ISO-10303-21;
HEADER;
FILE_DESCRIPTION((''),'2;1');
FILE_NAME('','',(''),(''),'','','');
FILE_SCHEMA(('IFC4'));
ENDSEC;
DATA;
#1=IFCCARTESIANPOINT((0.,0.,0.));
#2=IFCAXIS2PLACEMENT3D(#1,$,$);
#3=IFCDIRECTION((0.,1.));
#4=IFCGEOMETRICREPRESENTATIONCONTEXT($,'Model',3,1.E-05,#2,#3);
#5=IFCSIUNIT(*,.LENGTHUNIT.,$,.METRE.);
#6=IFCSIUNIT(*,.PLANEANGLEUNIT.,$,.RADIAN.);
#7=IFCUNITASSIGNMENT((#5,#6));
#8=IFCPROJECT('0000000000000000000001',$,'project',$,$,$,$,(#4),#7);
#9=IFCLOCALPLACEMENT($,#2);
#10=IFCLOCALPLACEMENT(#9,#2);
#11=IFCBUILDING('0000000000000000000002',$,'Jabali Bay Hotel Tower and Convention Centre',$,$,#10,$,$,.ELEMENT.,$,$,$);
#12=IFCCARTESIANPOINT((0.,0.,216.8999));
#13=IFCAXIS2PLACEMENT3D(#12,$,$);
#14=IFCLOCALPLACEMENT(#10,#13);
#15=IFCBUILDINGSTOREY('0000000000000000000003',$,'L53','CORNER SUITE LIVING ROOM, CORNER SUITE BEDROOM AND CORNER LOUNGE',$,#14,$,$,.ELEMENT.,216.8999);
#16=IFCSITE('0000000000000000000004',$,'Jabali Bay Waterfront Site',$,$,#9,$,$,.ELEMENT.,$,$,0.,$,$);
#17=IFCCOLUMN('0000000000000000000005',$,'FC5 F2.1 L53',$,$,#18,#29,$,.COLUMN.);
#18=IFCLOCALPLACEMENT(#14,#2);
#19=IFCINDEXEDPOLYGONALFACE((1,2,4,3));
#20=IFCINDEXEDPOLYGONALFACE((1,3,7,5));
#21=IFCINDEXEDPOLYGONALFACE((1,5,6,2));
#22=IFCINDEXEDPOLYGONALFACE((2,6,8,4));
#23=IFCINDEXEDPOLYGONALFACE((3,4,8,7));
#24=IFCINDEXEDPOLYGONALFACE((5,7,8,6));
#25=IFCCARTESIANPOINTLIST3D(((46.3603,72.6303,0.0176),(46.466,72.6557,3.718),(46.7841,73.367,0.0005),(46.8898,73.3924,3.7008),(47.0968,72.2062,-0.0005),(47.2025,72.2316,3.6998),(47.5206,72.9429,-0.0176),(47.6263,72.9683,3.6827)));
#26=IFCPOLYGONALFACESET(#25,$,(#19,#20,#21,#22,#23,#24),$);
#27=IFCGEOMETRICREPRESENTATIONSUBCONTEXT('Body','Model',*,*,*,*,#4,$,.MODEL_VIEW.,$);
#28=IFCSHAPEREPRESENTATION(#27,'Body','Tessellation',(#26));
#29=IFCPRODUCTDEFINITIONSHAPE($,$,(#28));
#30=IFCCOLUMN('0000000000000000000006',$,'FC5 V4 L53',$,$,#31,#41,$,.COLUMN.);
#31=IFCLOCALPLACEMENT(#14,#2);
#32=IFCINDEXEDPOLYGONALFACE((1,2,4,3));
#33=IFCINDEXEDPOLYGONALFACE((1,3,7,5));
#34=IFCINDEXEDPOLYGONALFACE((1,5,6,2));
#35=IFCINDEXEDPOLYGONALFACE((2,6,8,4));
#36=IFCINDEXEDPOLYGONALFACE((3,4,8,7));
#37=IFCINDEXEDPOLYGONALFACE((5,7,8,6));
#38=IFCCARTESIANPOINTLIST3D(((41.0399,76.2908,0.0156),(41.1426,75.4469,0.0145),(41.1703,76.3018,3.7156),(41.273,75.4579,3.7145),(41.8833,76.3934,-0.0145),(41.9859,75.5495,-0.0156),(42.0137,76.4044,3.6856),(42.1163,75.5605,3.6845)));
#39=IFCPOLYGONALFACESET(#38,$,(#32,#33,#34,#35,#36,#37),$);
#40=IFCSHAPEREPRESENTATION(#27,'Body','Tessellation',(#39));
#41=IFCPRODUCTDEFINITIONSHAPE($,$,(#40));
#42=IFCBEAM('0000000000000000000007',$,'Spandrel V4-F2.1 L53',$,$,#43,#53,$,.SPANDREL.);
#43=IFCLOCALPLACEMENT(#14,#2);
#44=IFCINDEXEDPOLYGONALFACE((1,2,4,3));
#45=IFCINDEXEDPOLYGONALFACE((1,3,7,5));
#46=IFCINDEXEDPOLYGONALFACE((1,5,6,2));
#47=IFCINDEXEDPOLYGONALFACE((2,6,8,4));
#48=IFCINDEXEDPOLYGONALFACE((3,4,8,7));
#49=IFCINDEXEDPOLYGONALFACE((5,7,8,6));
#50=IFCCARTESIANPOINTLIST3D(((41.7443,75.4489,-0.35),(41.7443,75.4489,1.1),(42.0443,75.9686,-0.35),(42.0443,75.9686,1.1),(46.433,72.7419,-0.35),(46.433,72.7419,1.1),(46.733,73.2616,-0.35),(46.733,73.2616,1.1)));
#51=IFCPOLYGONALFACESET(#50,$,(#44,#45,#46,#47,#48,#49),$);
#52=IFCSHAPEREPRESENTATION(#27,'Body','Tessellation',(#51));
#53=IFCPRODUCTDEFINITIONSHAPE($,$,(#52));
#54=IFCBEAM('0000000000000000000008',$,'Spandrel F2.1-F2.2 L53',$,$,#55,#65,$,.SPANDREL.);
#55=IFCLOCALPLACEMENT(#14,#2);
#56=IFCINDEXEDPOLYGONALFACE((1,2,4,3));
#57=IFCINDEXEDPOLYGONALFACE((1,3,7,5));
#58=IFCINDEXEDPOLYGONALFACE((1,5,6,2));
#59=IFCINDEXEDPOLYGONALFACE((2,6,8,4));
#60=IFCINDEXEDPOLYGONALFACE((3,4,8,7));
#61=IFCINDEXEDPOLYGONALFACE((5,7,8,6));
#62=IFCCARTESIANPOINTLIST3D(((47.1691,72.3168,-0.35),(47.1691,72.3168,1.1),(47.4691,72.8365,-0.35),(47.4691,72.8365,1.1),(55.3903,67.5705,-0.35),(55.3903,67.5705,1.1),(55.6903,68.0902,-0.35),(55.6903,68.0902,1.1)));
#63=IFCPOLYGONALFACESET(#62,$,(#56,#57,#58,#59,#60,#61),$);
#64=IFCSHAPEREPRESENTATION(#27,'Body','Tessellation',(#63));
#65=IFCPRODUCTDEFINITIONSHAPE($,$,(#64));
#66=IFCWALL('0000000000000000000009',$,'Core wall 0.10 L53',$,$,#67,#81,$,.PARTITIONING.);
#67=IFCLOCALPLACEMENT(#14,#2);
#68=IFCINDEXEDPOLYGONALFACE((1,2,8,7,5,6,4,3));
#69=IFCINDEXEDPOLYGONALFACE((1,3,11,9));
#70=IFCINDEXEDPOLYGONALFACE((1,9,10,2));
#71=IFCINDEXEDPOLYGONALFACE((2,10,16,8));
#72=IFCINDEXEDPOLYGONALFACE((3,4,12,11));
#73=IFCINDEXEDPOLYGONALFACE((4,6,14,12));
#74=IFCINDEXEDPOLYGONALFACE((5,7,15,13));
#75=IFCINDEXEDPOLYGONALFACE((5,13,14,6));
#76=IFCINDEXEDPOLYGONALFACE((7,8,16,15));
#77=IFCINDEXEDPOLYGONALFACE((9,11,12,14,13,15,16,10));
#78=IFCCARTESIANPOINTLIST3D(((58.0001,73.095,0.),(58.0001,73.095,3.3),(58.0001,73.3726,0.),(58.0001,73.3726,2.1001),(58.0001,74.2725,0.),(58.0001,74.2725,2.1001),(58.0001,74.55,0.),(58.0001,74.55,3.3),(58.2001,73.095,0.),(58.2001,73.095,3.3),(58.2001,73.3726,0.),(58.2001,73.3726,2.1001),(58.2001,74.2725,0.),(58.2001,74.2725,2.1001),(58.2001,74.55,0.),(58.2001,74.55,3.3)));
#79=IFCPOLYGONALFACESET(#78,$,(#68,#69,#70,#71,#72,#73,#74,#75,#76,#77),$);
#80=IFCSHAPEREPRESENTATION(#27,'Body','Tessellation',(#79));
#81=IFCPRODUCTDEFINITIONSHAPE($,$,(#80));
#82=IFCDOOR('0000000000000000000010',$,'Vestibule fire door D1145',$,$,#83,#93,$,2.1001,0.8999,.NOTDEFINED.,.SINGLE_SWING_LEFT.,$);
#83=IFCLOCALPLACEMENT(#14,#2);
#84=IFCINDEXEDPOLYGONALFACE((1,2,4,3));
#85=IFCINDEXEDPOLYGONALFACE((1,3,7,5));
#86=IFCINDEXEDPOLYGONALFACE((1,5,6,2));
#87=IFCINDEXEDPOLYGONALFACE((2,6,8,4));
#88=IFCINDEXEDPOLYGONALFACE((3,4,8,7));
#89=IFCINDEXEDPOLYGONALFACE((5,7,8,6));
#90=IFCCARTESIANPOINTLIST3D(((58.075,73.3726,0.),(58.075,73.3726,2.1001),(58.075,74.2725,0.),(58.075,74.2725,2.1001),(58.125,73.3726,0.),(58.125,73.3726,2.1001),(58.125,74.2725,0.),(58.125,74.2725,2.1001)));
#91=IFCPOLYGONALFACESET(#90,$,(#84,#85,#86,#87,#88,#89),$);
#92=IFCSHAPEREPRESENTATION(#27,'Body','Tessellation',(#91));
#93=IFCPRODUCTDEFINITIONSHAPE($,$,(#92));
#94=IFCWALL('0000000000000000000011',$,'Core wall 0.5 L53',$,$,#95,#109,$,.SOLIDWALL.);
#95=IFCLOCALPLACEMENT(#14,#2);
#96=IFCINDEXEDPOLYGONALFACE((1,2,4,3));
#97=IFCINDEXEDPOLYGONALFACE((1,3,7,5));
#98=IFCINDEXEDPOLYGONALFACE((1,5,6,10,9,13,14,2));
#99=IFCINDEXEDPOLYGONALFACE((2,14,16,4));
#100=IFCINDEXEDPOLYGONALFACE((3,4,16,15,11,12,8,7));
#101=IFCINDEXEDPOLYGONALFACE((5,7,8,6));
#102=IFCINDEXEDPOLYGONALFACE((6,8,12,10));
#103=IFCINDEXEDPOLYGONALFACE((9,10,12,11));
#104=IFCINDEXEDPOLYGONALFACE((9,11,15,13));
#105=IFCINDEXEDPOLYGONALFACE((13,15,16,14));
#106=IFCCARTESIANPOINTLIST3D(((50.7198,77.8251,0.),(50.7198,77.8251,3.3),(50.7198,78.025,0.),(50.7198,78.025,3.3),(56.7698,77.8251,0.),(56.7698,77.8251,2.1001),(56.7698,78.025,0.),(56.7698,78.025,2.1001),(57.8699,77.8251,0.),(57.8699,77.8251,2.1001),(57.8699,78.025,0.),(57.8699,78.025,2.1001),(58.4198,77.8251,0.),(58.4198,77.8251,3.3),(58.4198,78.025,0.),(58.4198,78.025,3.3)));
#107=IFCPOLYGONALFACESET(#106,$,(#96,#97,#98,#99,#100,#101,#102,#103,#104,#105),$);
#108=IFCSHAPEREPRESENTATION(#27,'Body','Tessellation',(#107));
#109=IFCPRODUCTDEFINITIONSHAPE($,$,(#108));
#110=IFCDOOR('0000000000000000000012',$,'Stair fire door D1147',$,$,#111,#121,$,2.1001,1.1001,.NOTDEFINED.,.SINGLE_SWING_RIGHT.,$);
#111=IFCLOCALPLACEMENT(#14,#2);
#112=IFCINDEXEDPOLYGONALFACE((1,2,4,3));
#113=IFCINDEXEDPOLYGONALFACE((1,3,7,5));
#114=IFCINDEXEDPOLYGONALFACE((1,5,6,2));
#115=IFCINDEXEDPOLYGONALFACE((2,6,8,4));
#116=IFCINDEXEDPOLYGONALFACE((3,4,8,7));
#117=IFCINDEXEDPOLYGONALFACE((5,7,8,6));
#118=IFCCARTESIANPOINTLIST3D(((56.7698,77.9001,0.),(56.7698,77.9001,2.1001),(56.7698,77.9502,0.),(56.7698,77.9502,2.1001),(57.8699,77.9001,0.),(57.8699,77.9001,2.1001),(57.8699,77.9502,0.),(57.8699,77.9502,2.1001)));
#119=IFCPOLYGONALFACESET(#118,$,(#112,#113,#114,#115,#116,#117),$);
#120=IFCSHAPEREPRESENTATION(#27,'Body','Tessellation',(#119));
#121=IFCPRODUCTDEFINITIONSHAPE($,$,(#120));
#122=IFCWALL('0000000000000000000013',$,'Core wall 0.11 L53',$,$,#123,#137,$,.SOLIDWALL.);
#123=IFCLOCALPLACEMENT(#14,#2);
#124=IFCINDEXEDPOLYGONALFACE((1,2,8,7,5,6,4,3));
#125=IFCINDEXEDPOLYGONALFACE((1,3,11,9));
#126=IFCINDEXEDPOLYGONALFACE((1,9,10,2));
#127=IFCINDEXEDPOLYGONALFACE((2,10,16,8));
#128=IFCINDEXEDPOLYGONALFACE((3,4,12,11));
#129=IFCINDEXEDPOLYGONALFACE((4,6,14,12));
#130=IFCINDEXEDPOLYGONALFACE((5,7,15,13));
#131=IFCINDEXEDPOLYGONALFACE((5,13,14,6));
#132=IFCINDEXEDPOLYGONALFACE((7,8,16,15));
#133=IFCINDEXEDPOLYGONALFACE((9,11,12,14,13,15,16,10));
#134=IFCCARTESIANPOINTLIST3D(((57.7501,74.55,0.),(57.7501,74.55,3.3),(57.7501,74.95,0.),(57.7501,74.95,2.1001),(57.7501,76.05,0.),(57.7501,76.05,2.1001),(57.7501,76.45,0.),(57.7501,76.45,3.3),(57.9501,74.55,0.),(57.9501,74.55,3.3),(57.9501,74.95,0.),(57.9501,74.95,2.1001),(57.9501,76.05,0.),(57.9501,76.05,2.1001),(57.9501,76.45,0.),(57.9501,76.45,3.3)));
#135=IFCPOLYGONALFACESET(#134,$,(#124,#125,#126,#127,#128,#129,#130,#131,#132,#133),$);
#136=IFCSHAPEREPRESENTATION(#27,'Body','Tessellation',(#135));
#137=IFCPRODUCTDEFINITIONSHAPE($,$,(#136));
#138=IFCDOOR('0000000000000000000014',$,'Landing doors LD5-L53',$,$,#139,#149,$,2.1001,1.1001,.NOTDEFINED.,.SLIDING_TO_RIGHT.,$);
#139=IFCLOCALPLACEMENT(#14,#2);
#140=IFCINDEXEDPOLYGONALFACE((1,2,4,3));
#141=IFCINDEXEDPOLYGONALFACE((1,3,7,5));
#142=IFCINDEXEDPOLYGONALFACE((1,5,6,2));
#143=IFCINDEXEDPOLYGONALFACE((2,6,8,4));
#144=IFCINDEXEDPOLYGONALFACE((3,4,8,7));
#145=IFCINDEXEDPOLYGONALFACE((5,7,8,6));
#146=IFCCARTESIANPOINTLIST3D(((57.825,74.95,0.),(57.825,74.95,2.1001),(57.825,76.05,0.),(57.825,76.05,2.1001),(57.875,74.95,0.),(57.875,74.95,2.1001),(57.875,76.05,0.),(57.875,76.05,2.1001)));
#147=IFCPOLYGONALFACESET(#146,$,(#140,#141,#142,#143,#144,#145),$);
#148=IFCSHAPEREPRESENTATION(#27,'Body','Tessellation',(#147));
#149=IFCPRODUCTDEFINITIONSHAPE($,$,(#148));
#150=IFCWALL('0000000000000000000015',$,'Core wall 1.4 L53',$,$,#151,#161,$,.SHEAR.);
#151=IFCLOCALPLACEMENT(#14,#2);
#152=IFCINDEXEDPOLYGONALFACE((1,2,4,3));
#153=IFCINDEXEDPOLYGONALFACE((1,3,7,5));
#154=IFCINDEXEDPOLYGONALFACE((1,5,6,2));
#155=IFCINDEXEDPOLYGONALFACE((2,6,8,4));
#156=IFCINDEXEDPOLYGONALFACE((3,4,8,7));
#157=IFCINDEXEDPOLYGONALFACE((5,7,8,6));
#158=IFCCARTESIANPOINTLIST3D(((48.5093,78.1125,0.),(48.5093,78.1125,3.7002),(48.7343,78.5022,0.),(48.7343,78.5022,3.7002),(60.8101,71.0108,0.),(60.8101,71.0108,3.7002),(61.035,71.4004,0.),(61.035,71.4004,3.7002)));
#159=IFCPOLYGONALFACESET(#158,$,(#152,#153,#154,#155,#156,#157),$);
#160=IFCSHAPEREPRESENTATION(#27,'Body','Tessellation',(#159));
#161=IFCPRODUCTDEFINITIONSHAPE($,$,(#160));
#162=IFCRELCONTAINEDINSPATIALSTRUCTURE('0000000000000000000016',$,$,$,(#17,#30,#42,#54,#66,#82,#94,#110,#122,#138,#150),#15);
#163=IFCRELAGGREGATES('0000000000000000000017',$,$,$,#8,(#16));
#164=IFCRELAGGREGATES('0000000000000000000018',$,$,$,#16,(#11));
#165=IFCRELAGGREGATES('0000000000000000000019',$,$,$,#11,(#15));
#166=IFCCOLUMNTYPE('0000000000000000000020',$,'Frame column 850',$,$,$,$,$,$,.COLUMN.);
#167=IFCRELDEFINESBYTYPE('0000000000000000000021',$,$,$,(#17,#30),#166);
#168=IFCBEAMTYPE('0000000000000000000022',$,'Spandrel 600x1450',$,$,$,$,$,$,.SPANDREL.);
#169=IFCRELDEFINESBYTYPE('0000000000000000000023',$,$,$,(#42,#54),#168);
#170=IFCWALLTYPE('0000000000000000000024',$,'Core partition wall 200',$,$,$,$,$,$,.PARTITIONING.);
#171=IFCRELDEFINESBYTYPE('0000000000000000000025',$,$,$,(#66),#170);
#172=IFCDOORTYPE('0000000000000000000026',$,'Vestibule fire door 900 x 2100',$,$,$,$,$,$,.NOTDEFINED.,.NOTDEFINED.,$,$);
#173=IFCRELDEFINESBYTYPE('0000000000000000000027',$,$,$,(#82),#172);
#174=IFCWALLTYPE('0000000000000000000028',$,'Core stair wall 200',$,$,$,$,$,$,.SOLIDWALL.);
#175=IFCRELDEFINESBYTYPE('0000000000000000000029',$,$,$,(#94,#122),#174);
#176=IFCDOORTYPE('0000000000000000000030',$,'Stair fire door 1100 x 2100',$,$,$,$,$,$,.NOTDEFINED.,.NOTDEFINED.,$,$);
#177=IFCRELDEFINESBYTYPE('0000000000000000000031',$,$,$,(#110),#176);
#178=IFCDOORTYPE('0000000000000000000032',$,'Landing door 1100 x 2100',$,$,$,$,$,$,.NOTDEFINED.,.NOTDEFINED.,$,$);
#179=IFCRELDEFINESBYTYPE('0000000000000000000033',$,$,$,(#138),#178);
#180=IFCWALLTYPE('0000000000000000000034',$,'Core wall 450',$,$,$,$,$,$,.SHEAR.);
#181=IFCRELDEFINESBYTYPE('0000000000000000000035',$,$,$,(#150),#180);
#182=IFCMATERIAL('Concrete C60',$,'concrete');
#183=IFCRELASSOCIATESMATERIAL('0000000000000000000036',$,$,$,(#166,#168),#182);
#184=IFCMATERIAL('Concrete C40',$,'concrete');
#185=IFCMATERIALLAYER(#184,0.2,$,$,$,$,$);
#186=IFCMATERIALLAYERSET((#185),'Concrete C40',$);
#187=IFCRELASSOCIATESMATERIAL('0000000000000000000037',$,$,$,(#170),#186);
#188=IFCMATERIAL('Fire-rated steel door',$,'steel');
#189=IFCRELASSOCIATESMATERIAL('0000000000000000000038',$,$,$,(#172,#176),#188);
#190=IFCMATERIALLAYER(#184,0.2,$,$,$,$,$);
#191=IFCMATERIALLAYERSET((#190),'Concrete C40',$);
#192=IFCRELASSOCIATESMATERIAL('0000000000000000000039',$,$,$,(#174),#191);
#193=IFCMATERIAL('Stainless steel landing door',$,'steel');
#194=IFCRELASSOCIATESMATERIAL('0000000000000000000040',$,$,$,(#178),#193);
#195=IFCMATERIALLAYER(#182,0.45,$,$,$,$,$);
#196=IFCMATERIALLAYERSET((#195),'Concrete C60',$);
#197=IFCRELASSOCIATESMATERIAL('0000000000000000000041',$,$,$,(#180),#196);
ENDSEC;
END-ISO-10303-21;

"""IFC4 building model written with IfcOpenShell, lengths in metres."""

from ifc_helpers import new_model, si_unit, direction, frame, frame_2d, origin, origin_2d, place, context, subcontext, project, spatial, rectangle, extrude, material, layer, layer_set, material_profile, profile_set, type_object, element, fill, save


model = new_model("IFC4")

# Units and contexts
model_context = context("Model", 3, precision=1e-05, world=origin(), true_north=direction((0.0, 1.0)))
body_context = subcontext(model_context, "Body", "Model", "MODEL_VIEW")
ifc_project = project(units=[si_unit("LENGTHUNIT", "METRE"), si_unit("PLANEANGLEUNIT", "RADIAN")], contexts=[model_context])

# Site, building, storey
site_placement = place(None, origin())
site = spatial("IfcSite", under=ifc_project, at=site_placement, Name="Jabali Bay Waterfront Site", CompositionType="ELEMENT", RefElevation=0.0)
building_placement = place(site_placement, origin())
building = spatial("IfcBuilding", under=site, at=building_placement, Name="Jabali Bay Hotel Tower and Convention Centre", CompositionType="ELEMENT")
storey_placement = place(building_placement, frame((0.0, 0.0, 216.8999)))
storey = spatial("IfcBuildingStorey", under=building, at=storey_placement, Name="L53", Description="CORNER SUITE LIVING ROOM, CORNER SUITE BEDROOM AND CORNER LOUNGE", CompositionType="ELEMENT", Elevation=216.8999)

# Columns
ifc_material_1 = material(Name="Concrete C60", Category="concrete")
ifc_material_profile_1 = material_profile(ifc_material_1, rectangle(XDim=0.8501, YDim=0.8501, at=origin_2d()), Name="Frame column 850")
ifc_profile_set_1 = profile_set([ifc_material_profile_1], Name="Concrete C60")
column_type = type_object("IfcColumnType", Name="Frame column 850", PredefinedType="COLUMN", material=ifc_profile_set_1)
column_1_placement = place(storey_placement, frame((46.9404, 72.7866, 0.0), z_axis=(0.028557, 0.006859, 0.999569), x_axis=(-0.86641, 0.498877, 0.02133)))
element("IfcColumn", 1, at=column_1_placement, inside=storey, type_object=column_type, Name="FC5 F2.1 L53", PredefinedType="COLUMN", context=body_context, shape_type="SweptSolid", body=[
    extrude(rectangle(XDim=0.8501, YDim=0.8501, at=origin_2d()), origin(), (0.0, 0.0, 1.0), 3.7019),
])
column_2_placement = place(storey_placement, frame((41.5129, 75.9202, 0.0), z_axis=(0.035212, 0.002967, 0.999375), x_axis=(-0.12076, 0.992681, 0.001307)))
element("IfcColumn", 2, at=column_2_placement, inside=storey, type_object=column_type, Name="FC5 V4 L53", PredefinedType="COLUMN", context=body_context, shape_type="SweptSolid", body=[
    extrude(rectangle(XDim=0.8501, YDim=0.8501, at=origin_2d()), origin(), (0.0, 0.0, 1.0), 3.7024),
])

# Beams
ifc_material_profile_2 = material_profile(ifc_material_1, rectangle(XDim=0.6001, YDim=1.45, at=origin_2d()), Name="Spandrel 600x1450")
ifc_profile_set_2 = profile_set([ifc_material_profile_2], Name="Concrete C60")
beam_type = type_object("IfcBeamType", Name="Spandrel 600x1450", PredefinedType="SPANDREL", material=ifc_profile_set_2)
beam_1_placement = place(storey_placement, frame((41.8943, 75.7087, 0.375), z_axis=(0.866026, -0.5, 0.0), x_axis=(0.5, 0.866026, 0.0)))
element("IfcBeam", 3, at=beam_1_placement, inside=storey, type_object=beam_type, Name="Spandrel V4-F2.1 L53", PredefinedType="SPANDREL", context=body_context, shape_type="SweptSolid", body=[
    extrude(rectangle(XDim=0.6001, YDim=1.45, at=origin_2d()), origin(), (0.0, 0.0, 1.0), 5.4141),
])
beam_2_placement = place(storey_placement, frame((47.3191, 72.5767, 0.375), z_axis=(0.866033, -0.499987, 0.0), x_axis=(0.499987, 0.866033, 0.0)))
element("IfcBeam", 4, at=beam_2_placement, inside=storey, type_object=beam_type, Name="Spandrel F2.1-F2.2 L53", PredefinedType="SPANDREL", context=body_context, shape_type="SweptSolid", body=[
    extrude(rectangle(XDim=0.6001, YDim=1.45, at=origin_2d()), origin(), (0.0, 0.0, 1.0), 9.4929),
])

# Walls, openings, doors
ifc_material_2 = material(Name="Concrete C40", Category="concrete")
ifc_layer_1 = layer(ifc_material_2, 0.2)
ifc_layer_set_1 = layer_set([ifc_layer_1], Name="Concrete C40")
wall_type_1 = type_object("IfcWallType", Name="Core partition wall 200", PredefinedType="PARTITIONING", material=ifc_layer_set_1)
wall_1_placement = place(storey_placement, frame((58.1001, 74.55, 0.0), z_axis=(0.0, 0.0, 1.0), x_axis=(0.0, -1.0, 0.0)))
wall_1 = element("IfcWall", 5, at=wall_1_placement, inside=storey, type_object=wall_type_1, Name="Core wall 0.10 L53", PredefinedType="PARTITIONING", context=body_context, shape_type="SweptSolid", body=[
    extrude(rectangle(XDim=1.4551, YDim=0.2, at=frame_2d((0.7275, 0.0))), origin(), (0.0, 0.0, 1.0), 3.3),
])
opening_1_placement = place(wall_1_placement, frame((0.2776, 0.0, 0.0)))
opening_1 = element("IfcOpeningElement", 6, at=opening_1_placement, cuts=wall_1, PredefinedType="OPENING", context=body_context, shape_type="SweptSolid", body=[
    extrude(rectangle(XDim=0.8999, YDim=2.1001, at=frame_2d((0.45, 1.05))), frame((0.0, 0.1104, 0.0), z_axis=(0.0, -1.0, 0.0), x_axis=(1.0, 0.0, 0.0)), (0.0, 0.0, 1.0), 0.2209),
])
ifc_material_3 = material(Name="Fire-rated steel door", Category="steel")
door_type_1 = type_object("IfcDoorType", Name="Vestibule fire door 900 x 2100", OperationType="NOTDEFINED", PredefinedType="NOTDEFINED", material=ifc_material_3)
door_1_placement = place(opening_1_placement, origin())
door_1 = element("IfcDoor", 7, at=door_1_placement, inside=storey, type_object=door_type_1, Name="Vestibule fire door D1145", OperationType="SINGLE_SWING_LEFT", OverallHeight=2.1001, OverallWidth=0.8999, PredefinedType="NOTDEFINED", context=body_context, shape_type="SweptSolid", body=[
    extrude(rectangle(XDim=0.8999, YDim=2.1001, at=frame_2d((0.45, 1.05))), frame((0.0, 0.0249, 0.0), z_axis=(0.0, -1.0, 0.0), x_axis=(1.0, 0.0, 0.0)), (0.0, 0.0, 1.0), 0.05),
])
fill(opening_1, door_1)
ifc_layer_2 = layer(ifc_material_2, 0.2)
ifc_layer_set_2 = layer_set([ifc_layer_2], Name="Concrete C40")
wall_type_2 = type_object("IfcWallType", Name="Core stair wall 200", PredefinedType="SOLIDWALL", material=ifc_layer_set_2)
wall_2_placement = place(storey_placement, frame((58.4199, 77.925, 0.0), z_axis=(0.0, 0.0, 1.0), x_axis=(-1.0, 0.0, 0.0)))
wall_2 = element("IfcWall", 8, at=wall_2_placement, inside=storey, type_object=wall_type_2, Name="Core wall 0.5 L53", PredefinedType="SOLIDWALL", context=body_context, shape_type="SweptSolid", body=[
    extrude(rectangle(XDim=7.7, YDim=0.2, at=frame_2d((3.8501, 0.0))), origin(), (0.0, 0.0, 1.0), 3.3),
])
opening_2_placement = place(wall_2_placement, frame((0.55, 0.0, 0.0)))
opening_2 = element("IfcOpeningElement", 9, at=opening_2_placement, cuts=wall_2, PredefinedType="OPENING", context=body_context, shape_type="SweptSolid", body=[
    extrude(rectangle(XDim=1.1001, YDim=2.1001, at=frame_2d((0.55, 1.05))), frame((0.0, 0.1104, 0.0), z_axis=(0.0, -1.0, 0.0), x_axis=(1.0, 0.0, 0.0)), (0.0, 0.0, 1.0), 0.2209),
])
door_type_2 = type_object("IfcDoorType", Name="Stair fire door 1100 x 2100", OperationType="NOTDEFINED", PredefinedType="NOTDEFINED", material=ifc_material_3)
door_2_placement = place(opening_2_placement, origin())
door_2 = element("IfcDoor", 10, at=door_2_placement, inside=storey, type_object=door_type_2, Name="Stair fire door D1147", OperationType="SINGLE_SWING_RIGHT", OverallHeight=2.1001, OverallWidth=1.1001, PredefinedType="NOTDEFINED", context=body_context, shape_type="SweptSolid", body=[
    extrude(rectangle(XDim=1.1001, YDim=2.1001, at=frame_2d((0.55, 1.05))), frame((0.0, 0.0249, 0.0), z_axis=(0.0, -1.0, 0.0), x_axis=(1.0, 0.0, 0.0)), (0.0, 0.0, 1.0), 0.05),
])
fill(opening_2, door_2)
wall_3_placement = place(storey_placement, frame((57.8501, 76.45, 0.0), z_axis=(0.0, 0.0, 1.0), x_axis=(0.0, -1.0, 0.0)))
wall_3 = element("IfcWall", 11, at=wall_3_placement, inside=storey, type_object=wall_type_2, Name="Core wall 0.11 L53", PredefinedType="SOLIDWALL", context=body_context, shape_type="SweptSolid", body=[
    extrude(rectangle(XDim=1.8999, YDim=0.2, at=frame_2d((0.95, 0.0))), origin(), (0.0, 0.0, 1.0), 3.3),
])
opening_3_placement = place(wall_3_placement, frame((0.3999, 0.0, 0.0)))
opening_3 = element("IfcOpeningElement", 12, at=opening_3_placement, cuts=wall_3, PredefinedType="OPENING", context=body_context, shape_type="SweptSolid", body=[
    extrude(rectangle(XDim=1.1001, YDim=2.1001, at=frame_2d((0.55, 1.05))), frame((0.0, 0.1104, 0.0), z_axis=(0.0, -1.0, 0.0), x_axis=(1.0, 0.0, 0.0)), (0.0, 0.0, 1.0), 0.2209),
])
ifc_material_4 = material(Name="Stainless steel landing door", Category="steel")
door_type_3 = type_object("IfcDoorType", Name="Landing door 1100 x 2100", OperationType="NOTDEFINED", PredefinedType="NOTDEFINED", material=ifc_material_4)
door_3_placement = place(opening_3_placement, origin())
door_3 = element("IfcDoor", 13, at=door_3_placement, inside=storey, type_object=door_type_3, Name="Landing doors LD5-L53", OperationType="SLIDING_TO_RIGHT", OverallHeight=2.1001, OverallWidth=1.1001, PredefinedType="NOTDEFINED", context=body_context, shape_type="SweptSolid", body=[
    extrude(rectangle(XDim=1.1001, YDim=2.1001, at=frame_2d((0.55, 1.05))), frame((0.0, 0.0249, 0.0), z_axis=(0.0, -1.0, 0.0), x_axis=(1.0, 0.0, 0.0)), (0.0, 0.0, 1.0), 0.05),
])
fill(opening_3, door_3)

# Wall
ifc_layer_3 = layer(ifc_material_1, 0.45)
ifc_layer_set_3 = layer_set([ifc_layer_3], Name="Concrete C60")
wall_type_3 = type_object("IfcWallType", Name="Core wall 450", PredefinedType="SHEAR", material=ifc_layer_set_3)
wall_4_placement = place(storey_placement, frame((48.6218, 78.3074, 0.0), z_axis=(0.0, 0.0, 1.0), x_axis=(0.866027, -0.499997, 0.0)))
element("IfcWall", 14, at=wall_4_placement, inside=storey, type_object=wall_type_3, Name="Core wall 1.4 L53", PredefinedType="SHEAR", context=body_context, shape_type="SweptSolid", body=[
    extrude(rectangle(XDim=14.2036, YDim=0.45, at=frame_2d((7.1018, 0.0))), origin(), (0.0, 0.0, 1.0), 3.7002),
])

save(model, "model.ifc")
